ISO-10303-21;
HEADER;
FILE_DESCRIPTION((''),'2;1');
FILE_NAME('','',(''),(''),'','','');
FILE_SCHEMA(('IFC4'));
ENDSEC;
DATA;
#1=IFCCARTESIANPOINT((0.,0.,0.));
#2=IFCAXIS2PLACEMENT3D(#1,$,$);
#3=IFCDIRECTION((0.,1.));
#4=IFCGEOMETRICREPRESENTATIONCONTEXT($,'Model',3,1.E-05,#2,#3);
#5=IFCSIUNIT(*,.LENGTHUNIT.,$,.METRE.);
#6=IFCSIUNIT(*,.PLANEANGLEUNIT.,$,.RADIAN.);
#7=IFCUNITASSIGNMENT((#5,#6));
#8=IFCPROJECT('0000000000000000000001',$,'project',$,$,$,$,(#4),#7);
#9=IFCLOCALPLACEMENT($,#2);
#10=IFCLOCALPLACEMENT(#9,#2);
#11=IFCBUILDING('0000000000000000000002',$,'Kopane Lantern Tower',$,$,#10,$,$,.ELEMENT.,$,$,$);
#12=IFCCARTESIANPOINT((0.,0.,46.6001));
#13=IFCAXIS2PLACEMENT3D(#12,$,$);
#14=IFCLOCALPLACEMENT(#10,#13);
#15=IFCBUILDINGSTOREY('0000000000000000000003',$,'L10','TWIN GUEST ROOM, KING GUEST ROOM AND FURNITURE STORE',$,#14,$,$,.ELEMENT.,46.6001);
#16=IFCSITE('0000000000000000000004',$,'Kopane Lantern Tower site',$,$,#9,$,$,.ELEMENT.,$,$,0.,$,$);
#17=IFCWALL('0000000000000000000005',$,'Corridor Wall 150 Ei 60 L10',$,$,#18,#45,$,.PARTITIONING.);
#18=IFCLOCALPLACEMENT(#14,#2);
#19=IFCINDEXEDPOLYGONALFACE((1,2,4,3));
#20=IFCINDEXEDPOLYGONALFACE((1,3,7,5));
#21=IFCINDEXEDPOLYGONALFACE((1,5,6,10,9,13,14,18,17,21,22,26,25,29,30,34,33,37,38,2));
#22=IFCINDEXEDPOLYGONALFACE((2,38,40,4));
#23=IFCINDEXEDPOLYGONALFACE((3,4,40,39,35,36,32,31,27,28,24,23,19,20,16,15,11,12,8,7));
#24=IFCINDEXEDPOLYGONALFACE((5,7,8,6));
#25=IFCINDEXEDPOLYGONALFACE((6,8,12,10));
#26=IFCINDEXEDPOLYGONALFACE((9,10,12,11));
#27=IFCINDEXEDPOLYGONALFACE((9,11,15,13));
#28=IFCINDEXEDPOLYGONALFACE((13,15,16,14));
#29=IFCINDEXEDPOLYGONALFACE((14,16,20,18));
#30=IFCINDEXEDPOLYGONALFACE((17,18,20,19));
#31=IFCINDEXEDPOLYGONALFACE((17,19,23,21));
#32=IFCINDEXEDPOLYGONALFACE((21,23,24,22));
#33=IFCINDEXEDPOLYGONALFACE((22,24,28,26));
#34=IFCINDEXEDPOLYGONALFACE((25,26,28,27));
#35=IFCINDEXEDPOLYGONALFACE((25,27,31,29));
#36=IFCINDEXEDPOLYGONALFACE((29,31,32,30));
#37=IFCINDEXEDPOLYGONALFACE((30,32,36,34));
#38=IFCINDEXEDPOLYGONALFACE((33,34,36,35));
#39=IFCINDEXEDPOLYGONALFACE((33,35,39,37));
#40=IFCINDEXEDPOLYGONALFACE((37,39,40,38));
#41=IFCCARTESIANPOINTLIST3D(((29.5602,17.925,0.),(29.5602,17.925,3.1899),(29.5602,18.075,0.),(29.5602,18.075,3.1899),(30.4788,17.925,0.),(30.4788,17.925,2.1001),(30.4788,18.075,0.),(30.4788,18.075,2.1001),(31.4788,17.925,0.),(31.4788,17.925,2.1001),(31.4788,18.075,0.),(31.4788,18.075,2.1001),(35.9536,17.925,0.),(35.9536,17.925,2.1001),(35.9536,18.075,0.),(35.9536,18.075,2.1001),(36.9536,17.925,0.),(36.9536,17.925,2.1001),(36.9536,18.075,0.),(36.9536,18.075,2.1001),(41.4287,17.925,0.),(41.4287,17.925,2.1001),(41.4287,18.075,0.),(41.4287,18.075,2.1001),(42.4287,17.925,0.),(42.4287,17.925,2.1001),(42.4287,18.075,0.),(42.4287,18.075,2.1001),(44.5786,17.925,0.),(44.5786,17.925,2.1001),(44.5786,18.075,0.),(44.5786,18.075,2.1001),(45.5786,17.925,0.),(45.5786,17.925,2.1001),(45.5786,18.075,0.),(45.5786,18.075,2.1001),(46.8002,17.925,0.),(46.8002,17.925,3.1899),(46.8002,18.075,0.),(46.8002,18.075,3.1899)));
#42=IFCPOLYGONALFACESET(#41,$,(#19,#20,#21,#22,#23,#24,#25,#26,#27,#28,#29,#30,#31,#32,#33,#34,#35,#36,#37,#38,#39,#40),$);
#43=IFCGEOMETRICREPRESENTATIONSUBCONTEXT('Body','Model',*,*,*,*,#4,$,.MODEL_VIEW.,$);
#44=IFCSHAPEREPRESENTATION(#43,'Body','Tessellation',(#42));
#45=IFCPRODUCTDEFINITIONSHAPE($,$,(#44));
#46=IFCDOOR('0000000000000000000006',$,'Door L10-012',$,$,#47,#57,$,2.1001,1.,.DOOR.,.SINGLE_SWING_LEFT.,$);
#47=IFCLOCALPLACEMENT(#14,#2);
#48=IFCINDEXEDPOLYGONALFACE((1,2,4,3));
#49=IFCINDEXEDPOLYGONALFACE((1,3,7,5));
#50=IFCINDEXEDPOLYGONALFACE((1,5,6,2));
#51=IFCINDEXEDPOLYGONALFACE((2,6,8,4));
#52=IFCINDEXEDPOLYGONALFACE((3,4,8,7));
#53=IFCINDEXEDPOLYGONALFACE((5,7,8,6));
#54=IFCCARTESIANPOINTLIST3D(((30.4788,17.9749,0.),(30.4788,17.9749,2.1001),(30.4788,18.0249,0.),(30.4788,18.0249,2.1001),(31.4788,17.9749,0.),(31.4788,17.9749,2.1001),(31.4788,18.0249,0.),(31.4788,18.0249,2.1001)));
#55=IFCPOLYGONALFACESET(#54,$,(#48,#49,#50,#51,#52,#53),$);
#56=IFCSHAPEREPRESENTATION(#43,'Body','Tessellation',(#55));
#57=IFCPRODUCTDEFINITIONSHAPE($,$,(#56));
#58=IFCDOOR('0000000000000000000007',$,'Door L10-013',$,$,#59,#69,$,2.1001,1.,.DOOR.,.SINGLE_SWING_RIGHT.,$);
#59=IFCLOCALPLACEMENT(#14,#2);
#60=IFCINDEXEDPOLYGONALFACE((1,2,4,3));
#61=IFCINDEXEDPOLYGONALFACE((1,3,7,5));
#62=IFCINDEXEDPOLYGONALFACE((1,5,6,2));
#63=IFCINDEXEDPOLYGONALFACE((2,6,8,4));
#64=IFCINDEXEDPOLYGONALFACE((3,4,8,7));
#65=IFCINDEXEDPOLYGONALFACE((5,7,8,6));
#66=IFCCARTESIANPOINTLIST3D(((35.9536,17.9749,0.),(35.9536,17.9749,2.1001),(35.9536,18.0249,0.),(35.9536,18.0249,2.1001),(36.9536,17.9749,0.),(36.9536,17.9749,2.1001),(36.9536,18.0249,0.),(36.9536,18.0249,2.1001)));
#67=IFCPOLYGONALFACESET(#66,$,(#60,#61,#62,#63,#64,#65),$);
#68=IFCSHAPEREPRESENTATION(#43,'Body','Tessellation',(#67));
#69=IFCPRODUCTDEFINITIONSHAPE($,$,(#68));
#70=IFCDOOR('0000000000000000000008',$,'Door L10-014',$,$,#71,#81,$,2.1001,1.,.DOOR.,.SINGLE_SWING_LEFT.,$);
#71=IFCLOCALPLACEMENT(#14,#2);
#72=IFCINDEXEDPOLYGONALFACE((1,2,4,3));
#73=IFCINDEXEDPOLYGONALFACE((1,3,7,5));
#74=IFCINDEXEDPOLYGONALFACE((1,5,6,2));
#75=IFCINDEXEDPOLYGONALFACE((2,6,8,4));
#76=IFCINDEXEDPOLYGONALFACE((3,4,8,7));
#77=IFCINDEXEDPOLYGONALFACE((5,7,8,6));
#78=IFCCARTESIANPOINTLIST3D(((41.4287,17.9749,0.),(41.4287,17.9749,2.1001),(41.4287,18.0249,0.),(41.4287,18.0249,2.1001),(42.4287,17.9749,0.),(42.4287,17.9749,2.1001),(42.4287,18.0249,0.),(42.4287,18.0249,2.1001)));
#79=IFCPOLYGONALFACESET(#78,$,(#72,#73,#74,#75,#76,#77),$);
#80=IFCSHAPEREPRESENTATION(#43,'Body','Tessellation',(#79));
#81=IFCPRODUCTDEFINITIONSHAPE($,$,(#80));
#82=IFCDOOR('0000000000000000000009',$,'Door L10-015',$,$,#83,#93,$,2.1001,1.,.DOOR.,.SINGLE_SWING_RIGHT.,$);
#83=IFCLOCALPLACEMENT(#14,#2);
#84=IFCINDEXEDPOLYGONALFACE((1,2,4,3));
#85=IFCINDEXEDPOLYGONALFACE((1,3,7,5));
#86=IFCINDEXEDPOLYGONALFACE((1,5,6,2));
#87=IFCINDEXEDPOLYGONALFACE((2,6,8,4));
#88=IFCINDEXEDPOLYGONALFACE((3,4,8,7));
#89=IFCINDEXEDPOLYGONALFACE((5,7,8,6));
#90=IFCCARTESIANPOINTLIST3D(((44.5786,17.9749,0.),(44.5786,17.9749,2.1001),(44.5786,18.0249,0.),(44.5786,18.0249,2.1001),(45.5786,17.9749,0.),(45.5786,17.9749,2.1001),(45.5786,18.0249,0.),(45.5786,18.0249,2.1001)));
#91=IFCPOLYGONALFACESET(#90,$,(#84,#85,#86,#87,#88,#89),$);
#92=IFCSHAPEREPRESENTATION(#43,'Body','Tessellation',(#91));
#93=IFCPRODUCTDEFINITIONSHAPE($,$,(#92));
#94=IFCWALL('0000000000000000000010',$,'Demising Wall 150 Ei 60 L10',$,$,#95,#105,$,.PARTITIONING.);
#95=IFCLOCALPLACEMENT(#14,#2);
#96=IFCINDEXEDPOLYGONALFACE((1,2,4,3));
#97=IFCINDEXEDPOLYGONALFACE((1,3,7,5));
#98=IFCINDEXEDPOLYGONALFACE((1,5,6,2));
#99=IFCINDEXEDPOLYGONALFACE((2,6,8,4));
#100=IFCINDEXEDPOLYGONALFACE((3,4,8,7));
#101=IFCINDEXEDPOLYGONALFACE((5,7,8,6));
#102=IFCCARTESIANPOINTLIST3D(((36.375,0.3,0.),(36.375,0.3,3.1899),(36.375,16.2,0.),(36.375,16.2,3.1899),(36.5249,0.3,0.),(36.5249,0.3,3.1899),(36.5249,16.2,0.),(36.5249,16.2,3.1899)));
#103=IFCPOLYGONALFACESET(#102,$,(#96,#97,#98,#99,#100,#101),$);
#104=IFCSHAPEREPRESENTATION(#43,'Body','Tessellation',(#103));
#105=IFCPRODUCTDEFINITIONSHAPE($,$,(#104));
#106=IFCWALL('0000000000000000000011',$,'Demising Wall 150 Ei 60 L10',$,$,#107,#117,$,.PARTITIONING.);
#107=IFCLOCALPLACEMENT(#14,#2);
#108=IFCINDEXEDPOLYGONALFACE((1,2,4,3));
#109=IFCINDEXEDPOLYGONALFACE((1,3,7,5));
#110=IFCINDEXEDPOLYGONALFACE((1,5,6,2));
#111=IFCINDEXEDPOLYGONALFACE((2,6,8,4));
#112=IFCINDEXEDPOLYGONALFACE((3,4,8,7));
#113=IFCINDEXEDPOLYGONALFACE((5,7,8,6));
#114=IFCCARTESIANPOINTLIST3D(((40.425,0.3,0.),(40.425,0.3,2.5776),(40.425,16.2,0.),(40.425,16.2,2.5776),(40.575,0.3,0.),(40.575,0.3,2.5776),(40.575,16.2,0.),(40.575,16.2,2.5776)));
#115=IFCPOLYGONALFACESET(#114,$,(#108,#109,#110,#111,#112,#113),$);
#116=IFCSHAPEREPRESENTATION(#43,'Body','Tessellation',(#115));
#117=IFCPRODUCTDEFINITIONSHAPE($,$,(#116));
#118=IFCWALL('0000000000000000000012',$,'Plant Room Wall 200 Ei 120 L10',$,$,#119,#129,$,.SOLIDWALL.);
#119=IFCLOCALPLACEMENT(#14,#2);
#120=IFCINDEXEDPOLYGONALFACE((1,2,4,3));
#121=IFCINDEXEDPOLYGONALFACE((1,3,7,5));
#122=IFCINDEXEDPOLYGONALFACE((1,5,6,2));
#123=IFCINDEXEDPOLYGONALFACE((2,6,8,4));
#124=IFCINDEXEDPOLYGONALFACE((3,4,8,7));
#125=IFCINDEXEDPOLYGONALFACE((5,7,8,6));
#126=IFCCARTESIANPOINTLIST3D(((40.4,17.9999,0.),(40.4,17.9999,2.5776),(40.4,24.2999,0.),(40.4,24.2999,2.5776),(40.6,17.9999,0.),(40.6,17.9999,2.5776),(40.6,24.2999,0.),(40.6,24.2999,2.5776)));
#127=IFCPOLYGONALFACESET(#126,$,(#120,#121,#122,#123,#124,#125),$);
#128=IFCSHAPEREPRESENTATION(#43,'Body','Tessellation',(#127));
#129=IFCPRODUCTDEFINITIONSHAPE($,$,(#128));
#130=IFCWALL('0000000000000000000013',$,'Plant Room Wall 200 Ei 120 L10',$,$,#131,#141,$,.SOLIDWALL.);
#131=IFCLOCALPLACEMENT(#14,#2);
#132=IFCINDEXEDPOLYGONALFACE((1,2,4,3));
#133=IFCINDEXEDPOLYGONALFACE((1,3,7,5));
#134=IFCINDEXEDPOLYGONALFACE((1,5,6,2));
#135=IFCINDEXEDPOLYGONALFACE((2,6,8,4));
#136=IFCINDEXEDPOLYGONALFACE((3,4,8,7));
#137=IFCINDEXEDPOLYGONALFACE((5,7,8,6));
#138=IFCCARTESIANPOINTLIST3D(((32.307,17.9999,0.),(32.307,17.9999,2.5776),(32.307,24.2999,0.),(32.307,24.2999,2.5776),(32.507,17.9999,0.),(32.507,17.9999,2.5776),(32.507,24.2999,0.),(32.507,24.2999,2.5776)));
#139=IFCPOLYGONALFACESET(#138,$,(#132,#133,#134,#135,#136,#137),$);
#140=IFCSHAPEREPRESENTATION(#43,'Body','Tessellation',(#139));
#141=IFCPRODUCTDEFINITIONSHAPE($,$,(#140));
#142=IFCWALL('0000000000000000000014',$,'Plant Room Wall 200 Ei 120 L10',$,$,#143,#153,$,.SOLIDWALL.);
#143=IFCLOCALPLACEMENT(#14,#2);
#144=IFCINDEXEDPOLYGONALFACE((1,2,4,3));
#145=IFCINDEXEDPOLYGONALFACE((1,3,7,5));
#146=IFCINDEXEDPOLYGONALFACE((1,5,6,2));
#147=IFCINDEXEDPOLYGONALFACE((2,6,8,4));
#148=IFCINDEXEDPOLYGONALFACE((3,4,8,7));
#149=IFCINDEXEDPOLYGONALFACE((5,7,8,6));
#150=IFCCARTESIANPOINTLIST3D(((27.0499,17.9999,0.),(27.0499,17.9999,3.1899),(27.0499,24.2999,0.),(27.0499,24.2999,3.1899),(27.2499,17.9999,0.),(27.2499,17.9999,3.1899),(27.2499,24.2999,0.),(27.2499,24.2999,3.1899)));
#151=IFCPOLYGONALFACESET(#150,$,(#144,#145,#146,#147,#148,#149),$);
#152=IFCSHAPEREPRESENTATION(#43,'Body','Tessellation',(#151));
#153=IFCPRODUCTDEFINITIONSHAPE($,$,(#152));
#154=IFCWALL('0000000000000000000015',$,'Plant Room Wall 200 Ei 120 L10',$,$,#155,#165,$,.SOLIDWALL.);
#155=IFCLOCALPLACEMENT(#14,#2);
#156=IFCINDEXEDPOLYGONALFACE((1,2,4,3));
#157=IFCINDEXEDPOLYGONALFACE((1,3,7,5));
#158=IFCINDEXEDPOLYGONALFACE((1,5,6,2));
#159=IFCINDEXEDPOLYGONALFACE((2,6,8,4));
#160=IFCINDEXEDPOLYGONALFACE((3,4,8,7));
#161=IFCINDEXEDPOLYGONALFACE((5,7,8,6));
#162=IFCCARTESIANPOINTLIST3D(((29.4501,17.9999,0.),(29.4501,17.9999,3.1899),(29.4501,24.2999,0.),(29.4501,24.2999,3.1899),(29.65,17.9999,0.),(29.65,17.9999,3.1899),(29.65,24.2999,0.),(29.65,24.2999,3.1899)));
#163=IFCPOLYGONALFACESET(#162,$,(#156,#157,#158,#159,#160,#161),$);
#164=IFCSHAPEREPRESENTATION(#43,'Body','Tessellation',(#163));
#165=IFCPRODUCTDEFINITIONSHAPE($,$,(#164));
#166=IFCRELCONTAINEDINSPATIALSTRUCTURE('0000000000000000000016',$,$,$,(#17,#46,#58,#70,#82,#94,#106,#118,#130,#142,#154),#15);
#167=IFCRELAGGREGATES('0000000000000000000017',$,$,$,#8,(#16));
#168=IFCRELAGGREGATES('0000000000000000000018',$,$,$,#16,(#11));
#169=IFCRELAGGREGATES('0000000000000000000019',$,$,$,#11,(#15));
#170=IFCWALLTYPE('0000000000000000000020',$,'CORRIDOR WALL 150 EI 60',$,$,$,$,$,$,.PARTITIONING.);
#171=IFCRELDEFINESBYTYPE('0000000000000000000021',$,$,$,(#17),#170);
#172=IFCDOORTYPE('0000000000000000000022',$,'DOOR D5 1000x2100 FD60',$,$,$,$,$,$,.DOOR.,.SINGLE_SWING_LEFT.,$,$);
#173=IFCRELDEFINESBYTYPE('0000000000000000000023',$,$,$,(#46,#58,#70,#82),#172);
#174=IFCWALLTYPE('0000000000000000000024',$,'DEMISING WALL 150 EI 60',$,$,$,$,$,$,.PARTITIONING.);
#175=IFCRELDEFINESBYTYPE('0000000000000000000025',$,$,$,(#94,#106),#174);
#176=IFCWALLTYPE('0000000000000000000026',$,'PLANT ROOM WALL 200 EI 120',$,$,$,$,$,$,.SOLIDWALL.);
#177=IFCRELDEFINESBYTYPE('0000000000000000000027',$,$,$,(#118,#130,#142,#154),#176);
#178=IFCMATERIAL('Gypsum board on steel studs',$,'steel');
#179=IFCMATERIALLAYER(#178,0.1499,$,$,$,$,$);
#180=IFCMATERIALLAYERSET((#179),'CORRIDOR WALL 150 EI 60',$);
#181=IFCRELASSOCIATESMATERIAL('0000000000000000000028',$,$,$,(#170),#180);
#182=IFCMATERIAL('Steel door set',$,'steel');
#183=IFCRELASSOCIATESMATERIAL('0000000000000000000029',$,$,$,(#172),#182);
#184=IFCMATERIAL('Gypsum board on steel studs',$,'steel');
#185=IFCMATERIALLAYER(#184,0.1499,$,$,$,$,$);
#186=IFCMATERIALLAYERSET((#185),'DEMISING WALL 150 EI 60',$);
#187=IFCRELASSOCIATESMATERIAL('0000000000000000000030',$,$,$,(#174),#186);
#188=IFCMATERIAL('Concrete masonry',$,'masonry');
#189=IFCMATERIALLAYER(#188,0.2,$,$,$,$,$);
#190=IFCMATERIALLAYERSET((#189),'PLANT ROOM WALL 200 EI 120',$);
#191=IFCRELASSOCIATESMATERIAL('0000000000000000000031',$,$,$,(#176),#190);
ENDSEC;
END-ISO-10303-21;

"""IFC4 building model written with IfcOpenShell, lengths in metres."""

from ifc_helpers import new_model, si_unit, direction, frame, frame_2d, origin, place, context, subcontext, project, spatial, rectangle, extrude, material, layer, layer_set, type_object, element, fill, save


model = new_model("IFC4")

# Units and contexts
model_context = context("Model", 3, precision=1e-05, world=origin(), true_north=direction((0.0, 1.0)))
body_context = subcontext(model_context, "Body", "Model", "MODEL_VIEW")
ifc_project = project(units=[si_unit("LENGTHUNIT", "METRE"), si_unit("PLANEANGLEUNIT", "RADIAN")], contexts=[model_context])

# Site, building, storey
site_placement = place(None, origin())
site = spatial("IfcSite", under=ifc_project, at=site_placement, Name="Kopane Lantern Tower site", CompositionType="ELEMENT", RefElevation=0.0)
building_placement = place(site_placement, origin())
building = spatial("IfcBuilding", under=site, at=building_placement, Name="Kopane Lantern Tower", CompositionType="ELEMENT")
storey_placement = place(building_placement, frame((0.0, 0.0, 46.6001)))
storey = spatial("IfcBuildingStorey", under=building, at=storey_placement, Name="L10", Description="TWIN GUEST ROOM, KING GUEST ROOM AND FURNITURE STORE", CompositionType="ELEMENT", Elevation=46.6001)

# Wall, openings, doors
ifc_material_1 = material(Name="Gypsum board on steel studs", Category="steel")
ifc_layer_1 = layer(ifc_material_1, 0.1499)
ifc_layer_set_1 = layer_set([ifc_layer_1], Name="CORRIDOR WALL 150 EI 60")
wall_type_1 = type_object("IfcWallType", Name="CORRIDOR WALL 150 EI 60", PredefinedType="PARTITIONING", material=ifc_layer_set_1)
wall_1_placement = place(storey_placement, frame((29.5601, 18.0, 0.0), z_axis=(0.0, 0.0, 1.0), x_axis=(1.0, 0.0, 0.0)))
wall_1 = element("IfcWall", 1, at=wall_1_placement, inside=storey, type_object=wall_type_1, Name="Corridor Wall 150 Ei 60 L10", PredefinedType="PARTITIONING", context=body_context, shape_type="SweptSolid", body=[
    extrude(rectangle(XDim=17.24, YDim=0.1499, at=frame_2d((8.6201, 0.0))), origin(), (0.0, 0.0, 1.0), 3.1899),
])
opening_1_placement = place(wall_1_placement, frame((0.9187, 0.0, 0.0)))
opening_1 = element("IfcOpeningElement", 2, at=opening_1_placement, cuts=wall_1, PredefinedType="OPENING", context=body_context, shape_type="SweptSolid", body=[
    extrude(rectangle(XDim=1.0, YDim=2.1001, at=frame_2d((0.5, 1.05))), frame((0.0, 0.085, 0.0), z_axis=(0.0, -1.0, 0.0), x_axis=(1.0, 0.0, 0.0)), (0.0, 0.0, 1.0), 0.1699),
])
opening_2_placement = place(wall_1_placement, frame((6.3936, 0.0, 0.0)))
opening_2 = element("IfcOpeningElement", 3, at=opening_2_placement, cuts=wall_1, PredefinedType="OPENING", context=body_context, shape_type="SweptSolid", body=[
    extrude(rectangle(XDim=1.0, YDim=2.1001, at=frame_2d((0.5, 1.05))), frame((0.0, 0.085, 0.0), z_axis=(0.0, -1.0, 0.0), x_axis=(1.0, 0.0, 0.0)), (0.0, 0.0, 1.0), 0.1699),
])
opening_3_placement = place(wall_1_placement, frame((11.8687, 0.0, 0.0)))
opening_3 = element("IfcOpeningElement", 4, at=opening_3_placement, cuts=wall_1, PredefinedType="OPENING", context=body_context, shape_type="SweptSolid", body=[
    extrude(rectangle(XDim=1.0, YDim=2.1001, at=frame_2d((0.5, 1.05))), frame((0.0, 0.085, 0.0), z_axis=(0.0, -1.0, 0.0), x_axis=(1.0, 0.0, 0.0)), (0.0, 0.0, 1.0), 0.1699),
])
opening_4_placement = place(wall_1_placement, frame((15.0186, 0.0, 0.0)))
opening_4 = element("IfcOpeningElement", 5, at=opening_4_placement, cuts=wall_1, PredefinedType="OPENING", context=body_context, shape_type="SweptSolid", body=[
    extrude(rectangle(XDim=1.0, YDim=2.1001, at=frame_2d((0.5, 1.05))), frame((0.0, 0.085, 0.0), z_axis=(0.0, -1.0, 0.0), x_axis=(1.0, 0.0, 0.0)), (0.0, 0.0, 1.0), 0.1699),
])
ifc_material_2 = material(Name="Steel door set", Category="steel")
door_type_1 = type_object("IfcDoorType", Name="DOOR D5 1000x2100 FD60", OperationType="SINGLE_SWING_LEFT", PredefinedType="DOOR", material=ifc_material_2)
door_1_placement = place(opening_1_placement, origin())
door_1 = element("IfcDoor", 6, at=door_1_placement, inside=storey, type_object=door_type_1, Name="Door L10-012", OperationType="SINGLE_SWING_LEFT", OverallHeight=2.1001, OverallWidth=1.0, PredefinedType="DOOR", context=body_context, shape_type="SweptSolid", body=[
    extrude(rectangle(XDim=1.0, YDim=2.1001, at=frame_2d((0.5, 1.05))), frame((0.0, 0.0249, 0.0), z_axis=(0.0, -1.0, 0.0), x_axis=(1.0, 0.0, 0.0)), (0.0, 0.0, 1.0), 0.05),
])
fill(opening_1, door_1)
door_2_placement = place(opening_2_placement, origin())
door_2 = element("IfcDoor", 7, at=door_2_placement, inside=storey, type_object=door_type_1, Name="Door L10-013", OperationType="SINGLE_SWING_RIGHT", OverallHeight=2.1001, OverallWidth=1.0, PredefinedType="DOOR", context=body_context, shape_type="SweptSolid", body=[
    extrude(rectangle(XDim=1.0, YDim=2.1001, at=frame_2d((0.5, 1.05))), frame((0.0, 0.0249, 0.0), z_axis=(0.0, -1.0, 0.0), x_axis=(1.0, 0.0, 0.0)), (0.0, 0.0, 1.0), 0.05),
])
fill(opening_2, door_2)
door_3_placement = place(opening_3_placement, origin())
door_3 = element("IfcDoor", 8, at=door_3_placement, inside=storey, type_object=door_type_1, Name="Door L10-014", OperationType="SINGLE_SWING_LEFT", OverallHeight=2.1001, OverallWidth=1.0, PredefinedType="DOOR", context=body_context, shape_type="SweptSolid", body=[
    extrude(rectangle(XDim=1.0, YDim=2.1001, at=frame_2d((0.5, 1.05))), frame((0.0, 0.0249, 0.0), z_axis=(0.0, -1.0, 0.0), x_axis=(1.0, 0.0, 0.0)), (0.0, 0.0, 1.0), 0.05),
])
fill(opening_3, door_3)
door_4_placement = place(opening_4_placement, origin())
door_4 = element("IfcDoor", 9, at=door_4_placement, inside=storey, type_object=door_type_1, Name="Door L10-015", OperationType="SINGLE_SWING_RIGHT", OverallHeight=2.1001, OverallWidth=1.0, PredefinedType="DOOR", context=body_context, shape_type="SweptSolid", body=[
    extrude(rectangle(XDim=1.0, YDim=2.1001, at=frame_2d((0.5, 1.05))), frame((0.0, 0.0249, 0.0), z_axis=(0.0, -1.0, 0.0), x_axis=(1.0, 0.0, 0.0)), (0.0, 0.0, 1.0), 0.05),
])
fill(opening_4, door_4)

# Walls
ifc_material_3 = material(Name="Gypsum board on steel studs", Category="steel")
ifc_layer_2 = layer(ifc_material_3, 0.1499)
ifc_layer_set_2 = layer_set([ifc_layer_2], Name="DEMISING WALL 150 EI 60")
wall_type_2 = type_object("IfcWallType", Name="DEMISING WALL 150 EI 60", PredefinedType="PARTITIONING", material=ifc_layer_set_2)
wall_2_placement = place(storey_placement, frame((36.45, 16.2, 0.0), z_axis=(0.0, 0.0, 1.0), x_axis=(0.0, -1.0, 0.0)))
element("IfcWall", 10, at=wall_2_placement, inside=storey, type_object=wall_type_2, Name="Demising Wall 150 Ei 60 L10", PredefinedType="PARTITIONING", context=body_context, shape_type="SweptSolid", body=[
    extrude(rectangle(XDim=15.8999, YDim=0.1499, at=frame_2d((7.95, 0.0))), origin(), (0.0, 0.0, 1.0), 3.1899),
])
wall_3_placement = place(storey_placement, frame((40.5, 16.2, 0.0), z_axis=(0.0, 0.0, 1.0), x_axis=(0.0, -1.0, 0.0)))
element("IfcWall", 11, at=wall_3_placement, inside=storey, type_object=wall_type_2, Name="Demising Wall 150 Ei 60 L10", PredefinedType="PARTITIONING", context=body_context, shape_type="SweptSolid", body=[
    extrude(rectangle(XDim=15.8999, YDim=0.1499, at=frame_2d((7.95, 0.0))), origin(), (0.0, 0.0, 1.0), 2.5776),
])
ifc_material_4 = material(Name="Concrete masonry", Category="masonry")
ifc_layer_3 = layer(ifc_material_4, 0.2)
ifc_layer_set_3 = layer_set([ifc_layer_3], Name="PLANT ROOM WALL 200 EI 120")
wall_type_3 = type_object("IfcWallType", Name="PLANT ROOM WALL 200 EI 120", PredefinedType="SOLIDWALL", material=ifc_layer_set_3)
for number, where, z_axis, x_axis, name in (
    (12, (40.5, 18.0, 0.0), (0.0, 0.0, 1.0), (0.0, 1.0, 0.0), "Plant Room Wall 200 Ei 120 L10"),
    (13, (32.407, 18.0, 0.0), (0.0, 0.0, 1.0), (0.0, 1.0, 0.0), "Plant Room Wall 200 Ei 120 L10"),
):
    element("IfcWall", number, at=place(storey_placement, frame(where, z_axis=z_axis, x_axis=x_axis)), inside=storey, type_object=wall_type_3, Name=name, PredefinedType="SOLIDWALL", context=body_context, shape_type="SweptSolid", body=[
        extrude(rectangle(XDim=6.3, YDim=0.2, at=frame_2d((3.1499, 0.0))), origin(), (0.0, 0.0, 1.0), 2.5776),
    ])
for number, where, z_axis, x_axis, name in (
    (14, (27.1499, 18.0, 0.0), (0.0, 0.0, 1.0), (0.0, 1.0, 0.0), "Plant Room Wall 200 Ei 120 L10"),
    (15, (29.55, 18.0, 0.0), (0.0, 0.0, 1.0), (0.0, 1.0, 0.0), "Plant Room Wall 200 Ei 120 L10"),
):
    element("IfcWall", number, at=place(storey_placement, frame(where, z_axis=z_axis, x_axis=x_axis)), inside=storey, type_object=wall_type_3, Name=name, PredefinedType="SOLIDWALL", context=body_context, shape_type="SweptSolid", body=[
        extrude(rectangle(XDim=6.3, YDim=0.2, at=frame_2d((3.1499, 0.0))), origin(), (0.0, 0.0, 1.0), 3.1899),
    ])

save(model, "model.ifc")
